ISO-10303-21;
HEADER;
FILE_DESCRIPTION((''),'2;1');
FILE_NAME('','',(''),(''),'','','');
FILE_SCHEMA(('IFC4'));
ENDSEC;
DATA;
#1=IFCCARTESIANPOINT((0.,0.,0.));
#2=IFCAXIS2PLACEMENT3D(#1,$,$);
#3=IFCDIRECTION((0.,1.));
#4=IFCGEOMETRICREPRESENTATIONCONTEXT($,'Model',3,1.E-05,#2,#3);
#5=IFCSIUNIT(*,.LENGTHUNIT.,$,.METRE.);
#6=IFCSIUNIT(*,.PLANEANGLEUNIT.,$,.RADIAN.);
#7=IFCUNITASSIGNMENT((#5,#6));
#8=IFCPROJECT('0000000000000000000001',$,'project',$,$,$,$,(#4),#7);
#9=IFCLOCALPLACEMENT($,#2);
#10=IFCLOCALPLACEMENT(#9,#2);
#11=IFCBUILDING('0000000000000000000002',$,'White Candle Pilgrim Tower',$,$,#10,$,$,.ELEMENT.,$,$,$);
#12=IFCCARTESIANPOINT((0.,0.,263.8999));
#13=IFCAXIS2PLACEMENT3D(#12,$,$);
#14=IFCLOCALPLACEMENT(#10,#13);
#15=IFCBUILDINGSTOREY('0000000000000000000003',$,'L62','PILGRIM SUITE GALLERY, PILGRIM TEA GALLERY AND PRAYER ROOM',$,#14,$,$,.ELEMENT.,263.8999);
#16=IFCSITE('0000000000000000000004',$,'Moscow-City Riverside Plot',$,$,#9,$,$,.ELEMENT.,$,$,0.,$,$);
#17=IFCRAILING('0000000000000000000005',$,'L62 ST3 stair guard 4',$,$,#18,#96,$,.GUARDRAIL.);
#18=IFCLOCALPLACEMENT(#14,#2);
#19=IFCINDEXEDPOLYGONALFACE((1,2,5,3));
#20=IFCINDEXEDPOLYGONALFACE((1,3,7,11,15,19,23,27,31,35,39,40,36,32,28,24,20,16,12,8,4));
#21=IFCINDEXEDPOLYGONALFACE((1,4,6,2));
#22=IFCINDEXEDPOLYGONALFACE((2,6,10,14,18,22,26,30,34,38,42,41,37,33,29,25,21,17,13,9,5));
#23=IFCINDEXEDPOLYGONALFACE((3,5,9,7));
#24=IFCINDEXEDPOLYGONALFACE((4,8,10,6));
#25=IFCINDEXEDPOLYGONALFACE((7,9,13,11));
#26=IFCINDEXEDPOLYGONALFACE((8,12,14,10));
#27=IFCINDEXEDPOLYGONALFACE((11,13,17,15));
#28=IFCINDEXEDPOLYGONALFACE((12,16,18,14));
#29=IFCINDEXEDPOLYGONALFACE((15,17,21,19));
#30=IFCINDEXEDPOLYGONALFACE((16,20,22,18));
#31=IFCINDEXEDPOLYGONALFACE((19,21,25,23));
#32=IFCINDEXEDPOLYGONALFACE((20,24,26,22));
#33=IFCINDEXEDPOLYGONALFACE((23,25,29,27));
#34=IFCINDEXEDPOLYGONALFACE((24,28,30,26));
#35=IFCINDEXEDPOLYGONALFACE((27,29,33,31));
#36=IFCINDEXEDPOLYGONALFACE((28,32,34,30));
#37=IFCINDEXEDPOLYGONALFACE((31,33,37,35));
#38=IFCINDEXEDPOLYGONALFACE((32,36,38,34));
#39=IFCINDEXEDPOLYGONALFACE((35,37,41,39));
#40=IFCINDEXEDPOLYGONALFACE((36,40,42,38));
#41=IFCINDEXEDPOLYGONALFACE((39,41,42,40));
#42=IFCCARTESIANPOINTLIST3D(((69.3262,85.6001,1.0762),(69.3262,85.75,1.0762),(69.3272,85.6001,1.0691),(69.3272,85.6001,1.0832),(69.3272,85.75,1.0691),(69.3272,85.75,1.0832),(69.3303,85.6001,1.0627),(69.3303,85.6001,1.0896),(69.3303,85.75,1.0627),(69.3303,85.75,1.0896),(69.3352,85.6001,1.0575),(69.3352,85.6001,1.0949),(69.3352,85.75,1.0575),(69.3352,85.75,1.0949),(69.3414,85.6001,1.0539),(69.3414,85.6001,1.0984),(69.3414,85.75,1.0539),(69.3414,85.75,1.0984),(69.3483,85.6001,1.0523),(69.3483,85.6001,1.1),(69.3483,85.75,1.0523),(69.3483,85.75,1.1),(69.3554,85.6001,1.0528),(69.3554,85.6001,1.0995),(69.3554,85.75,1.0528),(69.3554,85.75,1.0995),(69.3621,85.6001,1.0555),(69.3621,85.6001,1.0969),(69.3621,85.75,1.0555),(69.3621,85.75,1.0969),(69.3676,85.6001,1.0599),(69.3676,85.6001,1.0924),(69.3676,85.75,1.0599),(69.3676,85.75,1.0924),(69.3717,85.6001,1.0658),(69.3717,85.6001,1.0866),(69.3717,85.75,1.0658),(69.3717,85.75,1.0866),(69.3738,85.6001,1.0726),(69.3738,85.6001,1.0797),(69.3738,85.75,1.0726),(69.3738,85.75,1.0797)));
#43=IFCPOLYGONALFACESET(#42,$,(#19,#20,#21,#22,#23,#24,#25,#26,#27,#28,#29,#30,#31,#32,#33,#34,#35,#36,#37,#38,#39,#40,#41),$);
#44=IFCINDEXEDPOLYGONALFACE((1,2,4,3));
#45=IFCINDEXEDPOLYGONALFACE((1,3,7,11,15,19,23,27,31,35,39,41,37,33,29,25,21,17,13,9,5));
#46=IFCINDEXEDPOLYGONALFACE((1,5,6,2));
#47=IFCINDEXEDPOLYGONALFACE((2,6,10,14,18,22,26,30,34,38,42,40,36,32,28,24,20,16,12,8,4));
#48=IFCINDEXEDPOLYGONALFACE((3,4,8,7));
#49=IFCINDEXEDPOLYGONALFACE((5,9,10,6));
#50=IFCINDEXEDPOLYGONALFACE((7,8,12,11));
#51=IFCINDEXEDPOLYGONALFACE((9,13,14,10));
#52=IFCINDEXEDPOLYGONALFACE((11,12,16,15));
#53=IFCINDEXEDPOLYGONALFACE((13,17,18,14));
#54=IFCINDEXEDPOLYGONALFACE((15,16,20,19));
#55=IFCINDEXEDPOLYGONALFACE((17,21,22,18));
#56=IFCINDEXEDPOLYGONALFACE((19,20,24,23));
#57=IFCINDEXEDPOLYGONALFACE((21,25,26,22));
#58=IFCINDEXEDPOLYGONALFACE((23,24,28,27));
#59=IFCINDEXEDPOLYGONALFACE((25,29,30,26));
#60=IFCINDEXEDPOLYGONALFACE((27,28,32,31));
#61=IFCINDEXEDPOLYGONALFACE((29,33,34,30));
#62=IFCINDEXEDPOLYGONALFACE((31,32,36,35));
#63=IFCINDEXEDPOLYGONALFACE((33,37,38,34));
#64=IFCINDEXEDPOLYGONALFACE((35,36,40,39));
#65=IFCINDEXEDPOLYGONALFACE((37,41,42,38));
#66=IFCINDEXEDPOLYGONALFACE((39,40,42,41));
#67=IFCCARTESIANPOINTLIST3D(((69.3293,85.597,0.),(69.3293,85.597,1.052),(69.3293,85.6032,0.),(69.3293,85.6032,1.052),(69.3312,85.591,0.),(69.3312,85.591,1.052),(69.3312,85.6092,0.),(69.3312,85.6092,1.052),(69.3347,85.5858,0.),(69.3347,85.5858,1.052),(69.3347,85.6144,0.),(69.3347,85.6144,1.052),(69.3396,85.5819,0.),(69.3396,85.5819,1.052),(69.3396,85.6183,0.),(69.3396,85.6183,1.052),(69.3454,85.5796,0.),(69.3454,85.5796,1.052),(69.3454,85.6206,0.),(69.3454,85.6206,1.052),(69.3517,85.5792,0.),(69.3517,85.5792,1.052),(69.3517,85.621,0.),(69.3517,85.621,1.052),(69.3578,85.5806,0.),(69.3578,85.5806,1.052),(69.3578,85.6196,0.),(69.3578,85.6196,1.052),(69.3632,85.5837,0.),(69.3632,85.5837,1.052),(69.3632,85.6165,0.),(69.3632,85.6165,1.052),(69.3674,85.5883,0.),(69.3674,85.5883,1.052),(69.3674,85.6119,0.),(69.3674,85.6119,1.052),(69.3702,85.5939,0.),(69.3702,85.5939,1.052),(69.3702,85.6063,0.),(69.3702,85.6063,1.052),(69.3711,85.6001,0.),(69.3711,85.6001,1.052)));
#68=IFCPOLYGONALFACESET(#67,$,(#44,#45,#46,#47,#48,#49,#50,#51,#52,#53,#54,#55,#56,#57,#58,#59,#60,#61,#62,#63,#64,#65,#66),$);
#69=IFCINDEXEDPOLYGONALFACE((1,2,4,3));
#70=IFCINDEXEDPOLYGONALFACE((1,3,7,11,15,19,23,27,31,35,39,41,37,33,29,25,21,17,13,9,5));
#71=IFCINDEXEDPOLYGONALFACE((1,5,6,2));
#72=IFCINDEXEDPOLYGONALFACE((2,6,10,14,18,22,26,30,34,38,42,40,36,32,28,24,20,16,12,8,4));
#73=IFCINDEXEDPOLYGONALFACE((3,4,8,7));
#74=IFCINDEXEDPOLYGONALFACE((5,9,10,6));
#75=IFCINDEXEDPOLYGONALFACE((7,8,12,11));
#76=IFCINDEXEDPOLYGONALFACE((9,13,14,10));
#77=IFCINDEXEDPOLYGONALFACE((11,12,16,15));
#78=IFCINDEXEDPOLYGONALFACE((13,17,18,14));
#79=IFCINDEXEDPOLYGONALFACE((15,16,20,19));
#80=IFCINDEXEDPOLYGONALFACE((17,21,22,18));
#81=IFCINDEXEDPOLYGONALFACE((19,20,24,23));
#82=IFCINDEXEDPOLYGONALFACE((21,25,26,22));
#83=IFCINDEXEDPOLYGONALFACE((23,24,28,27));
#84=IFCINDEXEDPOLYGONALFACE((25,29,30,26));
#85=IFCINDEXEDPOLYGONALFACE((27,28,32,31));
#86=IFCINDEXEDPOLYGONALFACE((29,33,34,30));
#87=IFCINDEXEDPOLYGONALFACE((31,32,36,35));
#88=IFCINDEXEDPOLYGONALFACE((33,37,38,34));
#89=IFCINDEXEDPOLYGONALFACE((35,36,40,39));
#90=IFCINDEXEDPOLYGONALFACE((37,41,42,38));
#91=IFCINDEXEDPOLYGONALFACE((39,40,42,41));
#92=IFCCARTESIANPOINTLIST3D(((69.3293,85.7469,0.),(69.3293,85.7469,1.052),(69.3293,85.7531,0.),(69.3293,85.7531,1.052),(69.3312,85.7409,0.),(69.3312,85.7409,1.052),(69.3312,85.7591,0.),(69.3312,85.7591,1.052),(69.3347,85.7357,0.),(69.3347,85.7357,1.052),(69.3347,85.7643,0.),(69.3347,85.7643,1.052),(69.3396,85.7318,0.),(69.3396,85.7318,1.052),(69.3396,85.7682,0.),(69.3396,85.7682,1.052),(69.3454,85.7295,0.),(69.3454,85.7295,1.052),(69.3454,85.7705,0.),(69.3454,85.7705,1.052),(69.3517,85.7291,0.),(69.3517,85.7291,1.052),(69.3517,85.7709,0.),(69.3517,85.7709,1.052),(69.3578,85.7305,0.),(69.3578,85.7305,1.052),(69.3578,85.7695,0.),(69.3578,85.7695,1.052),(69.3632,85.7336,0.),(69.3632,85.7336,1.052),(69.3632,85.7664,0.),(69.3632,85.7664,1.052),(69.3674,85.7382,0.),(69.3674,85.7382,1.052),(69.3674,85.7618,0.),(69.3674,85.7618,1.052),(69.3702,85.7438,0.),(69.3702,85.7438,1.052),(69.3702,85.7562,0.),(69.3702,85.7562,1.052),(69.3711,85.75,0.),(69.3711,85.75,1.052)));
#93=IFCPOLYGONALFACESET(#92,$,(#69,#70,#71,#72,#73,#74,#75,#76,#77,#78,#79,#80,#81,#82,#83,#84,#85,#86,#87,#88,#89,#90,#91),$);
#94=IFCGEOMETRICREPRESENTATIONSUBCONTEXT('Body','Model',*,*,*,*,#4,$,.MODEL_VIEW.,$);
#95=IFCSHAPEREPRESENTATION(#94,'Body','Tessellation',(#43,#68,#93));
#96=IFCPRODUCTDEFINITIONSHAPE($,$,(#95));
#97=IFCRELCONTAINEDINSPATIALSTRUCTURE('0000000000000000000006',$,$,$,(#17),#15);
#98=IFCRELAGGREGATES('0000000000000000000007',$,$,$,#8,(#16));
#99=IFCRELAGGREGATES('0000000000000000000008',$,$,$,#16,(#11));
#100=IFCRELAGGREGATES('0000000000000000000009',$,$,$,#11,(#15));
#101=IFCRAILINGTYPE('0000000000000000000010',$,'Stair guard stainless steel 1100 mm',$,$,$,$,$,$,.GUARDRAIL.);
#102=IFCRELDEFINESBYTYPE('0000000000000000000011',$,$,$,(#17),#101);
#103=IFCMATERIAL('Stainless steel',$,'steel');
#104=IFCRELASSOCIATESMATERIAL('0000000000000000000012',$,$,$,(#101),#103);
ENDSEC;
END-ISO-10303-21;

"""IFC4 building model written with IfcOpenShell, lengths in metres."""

from ifc_helpers import new_model, si_unit, direction, frame, origin, origin_2d, place, context, subcontext, project, spatial, circle, extrude, material, type_object, element, save


model = new_model("IFC4")

# Units and contexts
model_context = context("Model", 3, precision=1e-05, world=origin(), true_north=direction((0.0, 1.0)))
body_context = subcontext(model_context, "Body", "Model", "MODEL_VIEW")
ifc_project = project(units=[si_unit("LENGTHUNIT", "METRE"), si_unit("PLANEANGLEUNIT", "RADIAN")], contexts=[model_context])

# Site, building, storey
site_placement = place(None, origin())
site = spatial("IfcSite", under=ifc_project, at=site_placement, Name="Moscow-City Riverside Plot", CompositionType="ELEMENT", RefElevation=0.0)
building_placement = place(site_placement, origin())
building = spatial("IfcBuilding", under=site, at=building_placement, Name="White Candle Pilgrim Tower", CompositionType="ELEMENT")
storey_placement = place(building_placement, frame((0.0, 0.0, 263.8999)))
storey = spatial("IfcBuildingStorey", under=building, at=storey_placement, Name="L62", Description="PILGRIM SUITE GALLERY, PILGRIM TEA GALLERY AND PRAYER ROOM", CompositionType="ELEMENT", Elevation=263.8999)

# Railing
ifc_material_1 = material(Name="Stainless steel", Category="steel")
railing_type_1 = type_object("IfcRailingType", Name="Stair guard stainless steel 1100 mm", PredefinedType="GUARDRAIL", material=ifc_material_1)
railing_1_placement = place(storey_placement, frame((69.3501, 85.6001, 0.0)))
element("IfcRailing", 1, at=railing_1_placement, inside=storey, type_object=railing_type_1, Name="L62 ST3 stair guard 4", PredefinedType="GUARDRAIL", context=body_context, shape_type="SweptSolid", body=[
    extrude(circle(Radius=0.0239, at=origin_2d()), frame((0.0, 0.0, 1.0762), z_axis=(0.0, 1.0, 0.0), x_axis=(-1.0, 0.0, 0.0)), (0.0, 0.0, 1.0), 0.1499),
    extrude(circle(Radius=0.021, at=origin_2d()), origin(), (0.0, 0.0, 1.0), 1.052),
    extrude(circle(Radius=0.021, at=origin_2d()), frame((0.0, 0.1499, 0.0)), (0.0, 0.0, 1.0), 1.052),
])

save(model, "model.ifc")
